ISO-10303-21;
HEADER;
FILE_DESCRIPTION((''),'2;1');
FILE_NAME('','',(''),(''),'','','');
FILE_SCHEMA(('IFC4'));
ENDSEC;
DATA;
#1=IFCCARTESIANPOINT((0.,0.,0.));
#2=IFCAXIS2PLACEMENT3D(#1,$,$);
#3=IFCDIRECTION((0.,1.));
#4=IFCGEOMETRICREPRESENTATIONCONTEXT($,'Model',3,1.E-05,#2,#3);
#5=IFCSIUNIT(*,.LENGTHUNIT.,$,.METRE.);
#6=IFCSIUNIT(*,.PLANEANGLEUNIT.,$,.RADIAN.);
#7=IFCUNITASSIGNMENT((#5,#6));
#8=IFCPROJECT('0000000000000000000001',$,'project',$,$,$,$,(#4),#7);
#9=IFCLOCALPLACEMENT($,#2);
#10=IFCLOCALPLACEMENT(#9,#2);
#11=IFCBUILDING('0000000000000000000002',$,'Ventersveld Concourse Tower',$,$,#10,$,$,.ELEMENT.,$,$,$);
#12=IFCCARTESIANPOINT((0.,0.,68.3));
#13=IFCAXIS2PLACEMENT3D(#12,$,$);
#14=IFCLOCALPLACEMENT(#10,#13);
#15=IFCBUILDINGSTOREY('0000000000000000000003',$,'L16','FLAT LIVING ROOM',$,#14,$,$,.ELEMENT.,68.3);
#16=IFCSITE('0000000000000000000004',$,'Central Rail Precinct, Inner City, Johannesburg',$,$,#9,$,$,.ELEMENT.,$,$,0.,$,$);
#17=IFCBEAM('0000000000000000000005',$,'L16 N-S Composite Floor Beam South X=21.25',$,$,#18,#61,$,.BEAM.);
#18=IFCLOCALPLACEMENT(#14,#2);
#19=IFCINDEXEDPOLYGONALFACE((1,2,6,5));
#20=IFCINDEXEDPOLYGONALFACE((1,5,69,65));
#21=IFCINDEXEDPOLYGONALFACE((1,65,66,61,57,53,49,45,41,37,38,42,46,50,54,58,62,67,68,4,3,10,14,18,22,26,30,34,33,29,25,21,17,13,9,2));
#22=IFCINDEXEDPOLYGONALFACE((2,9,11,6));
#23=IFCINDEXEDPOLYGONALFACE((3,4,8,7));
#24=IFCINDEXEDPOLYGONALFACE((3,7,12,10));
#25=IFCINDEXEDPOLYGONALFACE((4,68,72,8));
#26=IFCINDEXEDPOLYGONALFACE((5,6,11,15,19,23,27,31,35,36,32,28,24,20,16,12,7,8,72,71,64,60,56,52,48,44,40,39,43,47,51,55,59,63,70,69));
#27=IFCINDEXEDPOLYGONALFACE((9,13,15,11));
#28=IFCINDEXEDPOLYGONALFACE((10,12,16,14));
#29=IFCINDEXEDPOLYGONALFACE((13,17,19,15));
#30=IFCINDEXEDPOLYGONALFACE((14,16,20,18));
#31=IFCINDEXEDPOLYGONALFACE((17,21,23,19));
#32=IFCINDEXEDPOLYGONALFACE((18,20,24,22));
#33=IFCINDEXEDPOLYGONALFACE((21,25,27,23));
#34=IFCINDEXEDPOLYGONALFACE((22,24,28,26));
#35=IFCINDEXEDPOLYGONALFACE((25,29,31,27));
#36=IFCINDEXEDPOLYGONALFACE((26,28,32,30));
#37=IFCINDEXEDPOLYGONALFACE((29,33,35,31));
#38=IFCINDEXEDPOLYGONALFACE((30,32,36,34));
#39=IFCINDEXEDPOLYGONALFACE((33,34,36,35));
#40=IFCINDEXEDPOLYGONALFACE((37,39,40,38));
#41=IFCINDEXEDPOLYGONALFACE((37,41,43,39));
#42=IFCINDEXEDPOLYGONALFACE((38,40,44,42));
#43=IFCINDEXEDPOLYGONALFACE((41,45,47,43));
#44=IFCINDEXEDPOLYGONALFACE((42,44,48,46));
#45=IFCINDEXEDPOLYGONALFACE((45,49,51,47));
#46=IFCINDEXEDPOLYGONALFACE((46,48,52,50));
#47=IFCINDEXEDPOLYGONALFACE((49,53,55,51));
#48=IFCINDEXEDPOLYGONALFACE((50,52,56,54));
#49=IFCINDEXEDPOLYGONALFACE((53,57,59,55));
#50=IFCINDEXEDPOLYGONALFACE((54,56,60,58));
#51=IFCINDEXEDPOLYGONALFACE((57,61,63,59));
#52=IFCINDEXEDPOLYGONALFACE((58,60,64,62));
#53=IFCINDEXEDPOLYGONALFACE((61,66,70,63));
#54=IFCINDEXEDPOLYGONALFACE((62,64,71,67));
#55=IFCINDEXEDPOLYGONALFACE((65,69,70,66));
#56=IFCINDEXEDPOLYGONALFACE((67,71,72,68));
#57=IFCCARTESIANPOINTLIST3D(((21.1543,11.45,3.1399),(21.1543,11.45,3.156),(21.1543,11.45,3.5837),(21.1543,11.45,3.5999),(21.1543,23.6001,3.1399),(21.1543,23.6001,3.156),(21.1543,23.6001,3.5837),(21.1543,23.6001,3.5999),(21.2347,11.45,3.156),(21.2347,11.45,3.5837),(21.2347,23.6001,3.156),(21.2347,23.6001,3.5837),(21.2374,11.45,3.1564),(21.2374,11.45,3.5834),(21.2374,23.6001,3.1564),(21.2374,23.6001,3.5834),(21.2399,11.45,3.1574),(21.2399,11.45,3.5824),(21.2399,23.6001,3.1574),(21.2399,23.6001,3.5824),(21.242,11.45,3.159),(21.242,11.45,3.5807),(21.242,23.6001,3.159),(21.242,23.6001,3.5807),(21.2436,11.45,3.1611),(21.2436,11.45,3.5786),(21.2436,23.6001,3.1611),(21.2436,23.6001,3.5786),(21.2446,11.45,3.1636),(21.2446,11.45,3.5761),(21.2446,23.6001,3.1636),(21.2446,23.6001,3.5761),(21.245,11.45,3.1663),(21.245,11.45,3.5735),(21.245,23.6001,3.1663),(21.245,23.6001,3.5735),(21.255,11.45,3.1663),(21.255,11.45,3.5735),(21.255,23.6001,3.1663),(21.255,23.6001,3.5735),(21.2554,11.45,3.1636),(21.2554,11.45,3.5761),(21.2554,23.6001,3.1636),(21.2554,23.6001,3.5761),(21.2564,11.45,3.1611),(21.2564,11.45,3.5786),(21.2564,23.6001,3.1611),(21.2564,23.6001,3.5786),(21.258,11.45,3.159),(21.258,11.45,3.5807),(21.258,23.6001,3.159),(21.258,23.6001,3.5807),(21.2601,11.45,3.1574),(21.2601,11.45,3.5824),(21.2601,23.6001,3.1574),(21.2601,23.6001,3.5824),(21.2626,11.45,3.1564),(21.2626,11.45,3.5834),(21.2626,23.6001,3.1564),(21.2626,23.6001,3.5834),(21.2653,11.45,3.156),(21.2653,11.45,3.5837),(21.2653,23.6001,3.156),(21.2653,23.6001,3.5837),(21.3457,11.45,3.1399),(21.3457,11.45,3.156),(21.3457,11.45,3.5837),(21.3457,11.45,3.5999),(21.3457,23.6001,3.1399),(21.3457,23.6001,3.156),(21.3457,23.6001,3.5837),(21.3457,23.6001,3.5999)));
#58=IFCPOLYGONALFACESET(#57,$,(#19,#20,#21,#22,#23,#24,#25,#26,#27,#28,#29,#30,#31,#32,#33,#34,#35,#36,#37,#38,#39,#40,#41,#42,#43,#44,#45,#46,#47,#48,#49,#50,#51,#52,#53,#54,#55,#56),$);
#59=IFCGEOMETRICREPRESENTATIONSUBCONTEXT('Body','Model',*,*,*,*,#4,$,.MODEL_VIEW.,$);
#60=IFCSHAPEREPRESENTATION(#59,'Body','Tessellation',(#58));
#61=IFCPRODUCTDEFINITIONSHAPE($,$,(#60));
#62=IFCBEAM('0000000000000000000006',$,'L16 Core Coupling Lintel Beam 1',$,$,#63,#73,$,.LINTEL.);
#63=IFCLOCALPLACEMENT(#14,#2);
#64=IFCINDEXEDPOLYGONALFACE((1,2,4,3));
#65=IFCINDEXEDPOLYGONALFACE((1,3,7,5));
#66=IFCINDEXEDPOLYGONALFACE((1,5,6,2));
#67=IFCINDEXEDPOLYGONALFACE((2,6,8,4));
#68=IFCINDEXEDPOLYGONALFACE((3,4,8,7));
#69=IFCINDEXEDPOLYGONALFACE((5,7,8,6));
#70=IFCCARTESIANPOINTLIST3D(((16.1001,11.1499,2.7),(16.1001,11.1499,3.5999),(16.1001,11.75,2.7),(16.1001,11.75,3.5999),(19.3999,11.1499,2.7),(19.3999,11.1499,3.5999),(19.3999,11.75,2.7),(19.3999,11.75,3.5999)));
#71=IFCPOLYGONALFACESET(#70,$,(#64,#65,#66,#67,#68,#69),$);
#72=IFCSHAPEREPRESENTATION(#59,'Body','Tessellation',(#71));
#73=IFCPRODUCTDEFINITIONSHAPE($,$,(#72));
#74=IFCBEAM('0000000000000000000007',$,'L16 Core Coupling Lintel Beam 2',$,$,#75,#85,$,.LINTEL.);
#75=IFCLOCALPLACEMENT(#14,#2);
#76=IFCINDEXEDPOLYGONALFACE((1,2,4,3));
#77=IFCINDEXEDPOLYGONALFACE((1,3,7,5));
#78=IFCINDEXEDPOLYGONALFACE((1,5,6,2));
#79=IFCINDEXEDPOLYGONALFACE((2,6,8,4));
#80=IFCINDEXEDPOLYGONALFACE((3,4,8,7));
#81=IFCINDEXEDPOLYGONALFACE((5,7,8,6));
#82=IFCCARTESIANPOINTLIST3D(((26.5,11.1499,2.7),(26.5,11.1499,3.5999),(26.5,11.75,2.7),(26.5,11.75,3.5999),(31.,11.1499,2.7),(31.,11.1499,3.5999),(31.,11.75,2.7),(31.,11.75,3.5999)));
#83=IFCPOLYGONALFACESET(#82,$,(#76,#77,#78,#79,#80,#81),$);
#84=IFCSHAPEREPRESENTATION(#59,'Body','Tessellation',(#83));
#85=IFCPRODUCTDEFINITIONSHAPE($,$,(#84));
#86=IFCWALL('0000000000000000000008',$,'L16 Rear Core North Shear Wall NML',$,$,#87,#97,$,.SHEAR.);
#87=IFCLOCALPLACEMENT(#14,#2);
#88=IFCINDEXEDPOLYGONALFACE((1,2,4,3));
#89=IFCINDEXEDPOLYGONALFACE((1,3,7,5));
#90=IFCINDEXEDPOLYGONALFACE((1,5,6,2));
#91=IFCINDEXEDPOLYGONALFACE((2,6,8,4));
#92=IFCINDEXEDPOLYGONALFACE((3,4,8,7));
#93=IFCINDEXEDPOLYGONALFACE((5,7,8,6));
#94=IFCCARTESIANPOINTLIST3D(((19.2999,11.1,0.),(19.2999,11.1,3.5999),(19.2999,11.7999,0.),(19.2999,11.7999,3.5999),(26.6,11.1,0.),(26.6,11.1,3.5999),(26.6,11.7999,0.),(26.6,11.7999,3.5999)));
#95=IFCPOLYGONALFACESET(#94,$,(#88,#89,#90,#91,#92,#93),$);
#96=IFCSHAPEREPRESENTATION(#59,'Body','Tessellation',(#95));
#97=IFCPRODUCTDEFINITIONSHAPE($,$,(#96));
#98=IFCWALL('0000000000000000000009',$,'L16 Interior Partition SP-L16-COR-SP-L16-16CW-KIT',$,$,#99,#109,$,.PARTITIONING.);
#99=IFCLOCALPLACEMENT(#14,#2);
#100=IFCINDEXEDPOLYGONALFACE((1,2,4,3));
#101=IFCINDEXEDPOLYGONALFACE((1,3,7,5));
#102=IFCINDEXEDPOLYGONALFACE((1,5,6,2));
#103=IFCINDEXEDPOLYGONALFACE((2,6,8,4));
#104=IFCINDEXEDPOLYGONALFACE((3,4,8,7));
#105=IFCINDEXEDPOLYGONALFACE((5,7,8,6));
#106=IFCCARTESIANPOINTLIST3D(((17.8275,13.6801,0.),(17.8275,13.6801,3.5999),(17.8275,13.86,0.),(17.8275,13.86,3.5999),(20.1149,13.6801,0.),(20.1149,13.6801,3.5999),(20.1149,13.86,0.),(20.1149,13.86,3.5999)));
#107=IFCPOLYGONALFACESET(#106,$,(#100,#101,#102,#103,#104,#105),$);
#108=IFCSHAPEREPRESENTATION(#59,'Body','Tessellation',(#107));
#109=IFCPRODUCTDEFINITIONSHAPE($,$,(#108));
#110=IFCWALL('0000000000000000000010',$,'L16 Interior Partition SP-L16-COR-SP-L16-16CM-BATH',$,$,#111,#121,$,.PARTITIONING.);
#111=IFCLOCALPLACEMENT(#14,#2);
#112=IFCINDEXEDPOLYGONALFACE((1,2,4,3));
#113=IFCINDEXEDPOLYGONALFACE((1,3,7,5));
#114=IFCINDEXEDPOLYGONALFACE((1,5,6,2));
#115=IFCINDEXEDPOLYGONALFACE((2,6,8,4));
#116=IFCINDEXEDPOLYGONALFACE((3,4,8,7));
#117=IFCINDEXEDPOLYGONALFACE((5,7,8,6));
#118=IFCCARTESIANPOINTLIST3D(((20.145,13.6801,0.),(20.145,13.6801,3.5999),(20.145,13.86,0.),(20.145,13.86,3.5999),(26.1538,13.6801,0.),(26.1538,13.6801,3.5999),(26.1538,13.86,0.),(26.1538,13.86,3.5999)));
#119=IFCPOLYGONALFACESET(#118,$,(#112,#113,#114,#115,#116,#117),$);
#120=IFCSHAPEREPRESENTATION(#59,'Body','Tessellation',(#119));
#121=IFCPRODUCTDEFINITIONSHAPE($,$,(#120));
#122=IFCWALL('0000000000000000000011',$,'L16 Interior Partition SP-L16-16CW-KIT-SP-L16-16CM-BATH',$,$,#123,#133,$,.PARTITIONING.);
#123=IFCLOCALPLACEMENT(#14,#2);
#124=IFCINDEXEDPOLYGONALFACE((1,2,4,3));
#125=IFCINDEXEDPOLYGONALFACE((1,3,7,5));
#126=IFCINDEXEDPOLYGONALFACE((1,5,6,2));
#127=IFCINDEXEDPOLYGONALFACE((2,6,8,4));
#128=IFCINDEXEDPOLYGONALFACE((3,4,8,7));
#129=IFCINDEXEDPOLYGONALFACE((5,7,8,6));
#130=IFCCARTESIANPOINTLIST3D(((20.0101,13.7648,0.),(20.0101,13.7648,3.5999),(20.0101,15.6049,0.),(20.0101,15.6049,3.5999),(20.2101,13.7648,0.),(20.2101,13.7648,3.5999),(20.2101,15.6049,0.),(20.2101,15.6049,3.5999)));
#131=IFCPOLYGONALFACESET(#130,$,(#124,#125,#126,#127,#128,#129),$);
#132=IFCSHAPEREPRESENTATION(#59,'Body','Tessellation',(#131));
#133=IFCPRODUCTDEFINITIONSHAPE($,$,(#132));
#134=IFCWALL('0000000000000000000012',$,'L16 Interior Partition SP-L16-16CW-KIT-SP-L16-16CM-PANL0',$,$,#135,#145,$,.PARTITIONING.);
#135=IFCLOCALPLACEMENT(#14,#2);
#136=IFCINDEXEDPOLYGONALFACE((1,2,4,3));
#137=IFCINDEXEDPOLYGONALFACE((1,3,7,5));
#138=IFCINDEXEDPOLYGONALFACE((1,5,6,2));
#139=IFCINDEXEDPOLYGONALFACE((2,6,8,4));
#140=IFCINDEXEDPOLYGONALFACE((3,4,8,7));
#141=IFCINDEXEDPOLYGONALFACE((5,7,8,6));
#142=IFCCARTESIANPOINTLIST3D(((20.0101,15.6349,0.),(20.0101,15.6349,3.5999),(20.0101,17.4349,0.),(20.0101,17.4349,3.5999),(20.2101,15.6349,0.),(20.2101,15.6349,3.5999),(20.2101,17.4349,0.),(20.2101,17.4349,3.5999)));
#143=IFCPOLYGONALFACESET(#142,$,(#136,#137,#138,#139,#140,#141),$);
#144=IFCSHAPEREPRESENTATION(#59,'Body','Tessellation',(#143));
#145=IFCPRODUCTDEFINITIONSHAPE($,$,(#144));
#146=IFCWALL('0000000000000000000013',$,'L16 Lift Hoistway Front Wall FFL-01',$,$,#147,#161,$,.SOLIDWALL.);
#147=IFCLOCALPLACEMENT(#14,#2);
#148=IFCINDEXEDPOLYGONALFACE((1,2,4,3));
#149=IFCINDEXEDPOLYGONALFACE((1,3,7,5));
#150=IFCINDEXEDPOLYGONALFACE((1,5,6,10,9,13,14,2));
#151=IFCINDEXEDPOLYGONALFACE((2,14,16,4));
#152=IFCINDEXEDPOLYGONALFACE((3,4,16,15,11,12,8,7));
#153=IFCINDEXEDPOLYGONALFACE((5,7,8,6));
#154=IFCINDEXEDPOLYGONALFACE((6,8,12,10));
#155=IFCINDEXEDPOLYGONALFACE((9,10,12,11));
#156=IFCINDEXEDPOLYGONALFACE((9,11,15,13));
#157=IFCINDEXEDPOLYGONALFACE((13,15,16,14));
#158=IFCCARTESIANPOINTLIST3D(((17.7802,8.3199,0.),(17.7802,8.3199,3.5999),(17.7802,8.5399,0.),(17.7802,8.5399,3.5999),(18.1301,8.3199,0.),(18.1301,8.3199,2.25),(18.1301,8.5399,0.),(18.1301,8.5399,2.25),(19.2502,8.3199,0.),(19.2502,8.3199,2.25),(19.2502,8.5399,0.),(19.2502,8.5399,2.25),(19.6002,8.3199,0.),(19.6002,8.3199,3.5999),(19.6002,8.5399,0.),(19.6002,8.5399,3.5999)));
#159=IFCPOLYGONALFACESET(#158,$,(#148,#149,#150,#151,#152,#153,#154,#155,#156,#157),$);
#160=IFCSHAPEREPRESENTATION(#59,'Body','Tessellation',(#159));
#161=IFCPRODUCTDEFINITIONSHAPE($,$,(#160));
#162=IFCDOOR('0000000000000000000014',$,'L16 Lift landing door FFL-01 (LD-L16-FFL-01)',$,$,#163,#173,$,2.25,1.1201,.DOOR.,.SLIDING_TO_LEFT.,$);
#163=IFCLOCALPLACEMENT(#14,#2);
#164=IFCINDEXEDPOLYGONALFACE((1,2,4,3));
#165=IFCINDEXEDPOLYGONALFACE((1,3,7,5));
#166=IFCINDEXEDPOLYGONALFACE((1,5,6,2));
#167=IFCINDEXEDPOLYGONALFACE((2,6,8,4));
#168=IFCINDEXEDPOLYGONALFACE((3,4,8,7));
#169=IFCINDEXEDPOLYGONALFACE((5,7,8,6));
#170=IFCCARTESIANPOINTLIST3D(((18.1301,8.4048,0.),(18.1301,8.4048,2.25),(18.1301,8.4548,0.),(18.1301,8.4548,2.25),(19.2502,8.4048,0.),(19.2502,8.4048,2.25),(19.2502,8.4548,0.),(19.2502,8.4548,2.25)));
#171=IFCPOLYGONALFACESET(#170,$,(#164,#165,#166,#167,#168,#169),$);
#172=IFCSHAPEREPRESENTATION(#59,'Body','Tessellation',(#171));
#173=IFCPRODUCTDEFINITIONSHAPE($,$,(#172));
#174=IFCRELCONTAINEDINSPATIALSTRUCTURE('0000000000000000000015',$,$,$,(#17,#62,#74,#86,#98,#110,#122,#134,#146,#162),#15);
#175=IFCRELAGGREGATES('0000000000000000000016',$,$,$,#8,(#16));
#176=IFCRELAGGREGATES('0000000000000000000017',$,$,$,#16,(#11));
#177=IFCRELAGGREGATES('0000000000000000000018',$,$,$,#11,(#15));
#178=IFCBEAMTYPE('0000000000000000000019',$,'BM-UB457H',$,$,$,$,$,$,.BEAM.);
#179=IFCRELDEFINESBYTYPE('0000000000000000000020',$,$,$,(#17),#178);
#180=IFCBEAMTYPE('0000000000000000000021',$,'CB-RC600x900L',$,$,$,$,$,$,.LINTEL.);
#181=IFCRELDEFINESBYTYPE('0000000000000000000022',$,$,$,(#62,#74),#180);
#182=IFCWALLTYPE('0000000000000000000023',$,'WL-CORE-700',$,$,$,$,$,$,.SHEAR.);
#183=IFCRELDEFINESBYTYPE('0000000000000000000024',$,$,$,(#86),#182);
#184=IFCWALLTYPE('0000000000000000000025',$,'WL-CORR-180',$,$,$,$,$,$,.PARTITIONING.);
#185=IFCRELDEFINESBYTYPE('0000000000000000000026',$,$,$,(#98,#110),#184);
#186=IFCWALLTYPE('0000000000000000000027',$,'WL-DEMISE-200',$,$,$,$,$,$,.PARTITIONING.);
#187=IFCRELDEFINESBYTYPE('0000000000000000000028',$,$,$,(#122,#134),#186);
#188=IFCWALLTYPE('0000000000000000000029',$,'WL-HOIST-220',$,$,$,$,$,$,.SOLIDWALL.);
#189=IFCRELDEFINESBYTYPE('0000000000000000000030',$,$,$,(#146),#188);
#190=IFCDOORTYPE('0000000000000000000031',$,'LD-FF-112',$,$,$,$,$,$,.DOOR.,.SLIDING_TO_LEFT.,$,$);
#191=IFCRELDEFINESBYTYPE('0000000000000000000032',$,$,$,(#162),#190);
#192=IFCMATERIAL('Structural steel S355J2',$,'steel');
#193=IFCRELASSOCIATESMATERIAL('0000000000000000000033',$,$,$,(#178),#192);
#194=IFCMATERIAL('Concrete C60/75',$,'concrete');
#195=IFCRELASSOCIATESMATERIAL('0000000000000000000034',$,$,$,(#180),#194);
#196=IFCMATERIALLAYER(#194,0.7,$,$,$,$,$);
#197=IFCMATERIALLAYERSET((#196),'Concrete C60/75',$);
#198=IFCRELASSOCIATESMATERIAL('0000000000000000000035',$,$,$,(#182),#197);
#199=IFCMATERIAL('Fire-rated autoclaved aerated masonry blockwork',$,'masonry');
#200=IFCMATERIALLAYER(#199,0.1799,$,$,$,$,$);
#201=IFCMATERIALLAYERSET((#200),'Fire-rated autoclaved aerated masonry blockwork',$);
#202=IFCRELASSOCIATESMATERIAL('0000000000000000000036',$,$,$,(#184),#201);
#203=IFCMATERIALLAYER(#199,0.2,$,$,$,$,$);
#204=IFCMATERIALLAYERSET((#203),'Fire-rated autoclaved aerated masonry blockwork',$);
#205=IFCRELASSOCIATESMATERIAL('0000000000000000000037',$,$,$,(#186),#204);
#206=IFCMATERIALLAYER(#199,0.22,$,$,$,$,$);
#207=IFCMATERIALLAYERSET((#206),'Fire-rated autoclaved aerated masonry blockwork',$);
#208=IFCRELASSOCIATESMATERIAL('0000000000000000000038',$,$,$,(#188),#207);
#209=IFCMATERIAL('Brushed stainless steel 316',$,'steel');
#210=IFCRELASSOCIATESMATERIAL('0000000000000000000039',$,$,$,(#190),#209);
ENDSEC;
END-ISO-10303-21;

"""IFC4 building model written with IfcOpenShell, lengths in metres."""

from ifc_helpers import new_model, si_unit, direction, frame, frame_2d, origin, origin_2d, place, context, subcontext, project, spatial, rectangle, i_section, extrude, material, layer, layer_set, material_profile, profile_set, type_object, element, fill, save


model = new_model("IFC4")

# Units and contexts
model_context = context("Model", 3, precision=1e-05, world=origin(), true_north=direction((0.0, 1.0)))
body_context = subcontext(model_context, "Body", "Model", "MODEL_VIEW")
ifc_project = project(units=[si_unit("LENGTHUNIT", "METRE"), si_unit("PLANEANGLEUNIT", "RADIAN")], contexts=[model_context])

# Site, building, storey
site_placement = place(None, origin())
site = spatial("IfcSite", under=ifc_project, at=site_placement, Name="Central Rail Precinct, Inner City, Johannesburg", CompositionType="ELEMENT", RefElevation=0.0)
building_placement = place(site_placement, origin())
building = spatial("IfcBuilding", under=site, at=building_placement, Name="Ventersveld Concourse Tower", CompositionType="ELEMENT")
storey_placement = place(building_placement, frame((0.0, 0.0, 68.3)))
storey = spatial("IfcBuildingStorey", under=building, at=storey_placement, Name="L16", Description="FLAT LIVING ROOM", CompositionType="ELEMENT", Elevation=68.3)

# Beams
ifc_material_1 = material(Name="Structural steel S355J2", Category="steel")
ifc_material_profile_1 = material_profile(ifc_material_1, i_section(OverallWidth=0.1914, OverallDepth=0.46, WebThickness=0.01, FlangeThickness=0.0161, FilletRadius=0.0103, at=origin_2d()), Name="UB 457x191x82")
ifc_profile_set_1 = profile_set([ifc_material_profile_1], Name="Structural steel S355J2")
beam_type_1 = type_object("IfcBeamType", Name="BM-UB457H", PredefinedType="BEAM", material=ifc_profile_set_1)
beam_1_placement = place(storey_placement, frame((21.25, 11.45, 3.3699), z_axis=(0.0, 1.0, 0.0), x_axis=(-1.0, 0.0, 0.0)))
element("IfcBeam", 1, at=beam_1_placement, inside=storey, type_object=beam_type_1, Name="L16 N-S Composite Floor Beam South X=21.25", PredefinedType="BEAM", context=body_context, shape_type="SweptSolid", body=[
    extrude(i_section(OverallWidth=0.1914, OverallDepth=0.46, WebThickness=0.01, FlangeThickness=0.0161, FilletRadius=0.0103, at=origin_2d()), origin(), (0.0, 0.0, 1.0), 12.1501),
])
ifc_material_2 = material(Name="Concrete C60/75", Category="concrete")
ifc_material_profile_2 = material_profile(ifc_material_2, rectangle(XDim=0.6001, YDim=0.8999, at=origin_2d()), Name="RC 600x900")
ifc_profile_set_2 = profile_set([ifc_material_profile_2], Name="Concrete C60/75")
beam_type_2 = type_object("IfcBeamType", Name="CB-RC600x900L", PredefinedType="LINTEL", material=ifc_profile_set_2)
beam_2_placement = place(storey_placement, frame((16.1001, 11.45, 3.1499), z_axis=(1.0, 0.0, 0.0), x_axis=(0.0, 1.0, 0.0)))
element("IfcBeam", 2, at=beam_2_placement, inside=storey, type_object=beam_type_2, Name="L16 Core Coupling Lintel Beam 1", PredefinedType="LINTEL", context=body_context, shape_type="SweptSolid", body=[
    extrude(rectangle(XDim=0.6001, YDim=0.8999, at=origin_2d()), origin(), (0.0, 0.0, 1.0), 3.2998),
])
beam_3_placement = place(storey_placement, frame((26.5, 11.45, 3.1499), z_axis=(1.0, 0.0, 0.0), x_axis=(0.0, 1.0, 0.0)))
element("IfcBeam", 3, at=beam_3_placement, inside=storey, type_object=beam_type_2, Name="L16 Core Coupling Lintel Beam 2", PredefinedType="LINTEL", context=body_context, shape_type="SweptSolid", body=[
    extrude(rectangle(XDim=0.6001, YDim=0.8999, at=origin_2d()), origin(), (0.0, 0.0, 1.0), 4.5),
])

# Walls
ifc_layer_1 = layer(ifc_material_2, 0.7)
ifc_layer_set_1 = layer_set([ifc_layer_1], Name="Concrete C60/75")
wall_type_1 = type_object("IfcWallType", Name="WL-CORE-700", PredefinedType="SHEAR", material=ifc_layer_set_1)
wall_1_placement = place(storey_placement, frame((19.3, 11.45, 0.0), z_axis=(0.0, 0.0, 1.0), x_axis=(1.0, 0.0, 0.0)))
element("IfcWall", 4, at=wall_1_placement, inside=storey, type_object=wall_type_1, Name="L16 Rear Core North Shear Wall NML", PredefinedType="SHEAR", context=body_context, shape_type="SweptSolid", body=[
    extrude(rectangle(XDim=7.3, YDim=0.7, at=frame_2d((3.6499, 0.0))), origin(), (0.0, 0.0, 1.0), 3.5999),
])
ifc_material_3 = material(Name="Fire-rated autoclaved aerated masonry blockwork", Category="masonry")
ifc_layer_2 = layer(ifc_material_3, 0.1799)
ifc_layer_set_2 = layer_set([ifc_layer_2], Name="Fire-rated autoclaved aerated masonry blockwork")
wall_type_2 = type_object("IfcWallType", Name="WL-CORR-180", PredefinedType="PARTITIONING", material=ifc_layer_set_2)
wall_2_placement = place(storey_placement, frame((17.8276, 13.77, 0.0), z_axis=(0.0, 0.0, 1.0), x_axis=(1.0, 0.0, 0.0)))
element("IfcWall", 5, at=wall_2_placement, inside=storey, type_object=wall_type_2, Name="L16 Interior Partition SP-L16-COR-SP-L16-16CW-KIT", PredefinedType="PARTITIONING", context=body_context, shape_type="SweptSolid", body=[
    extrude(rectangle(XDim=2.2874, YDim=0.1799, at=frame_2d((1.1436, 0.0))), origin(), (0.0, 0.0, 1.0), 3.5999),
])

# Walls
wall_3_placement = place(storey_placement, frame((20.145, 13.77, 0.0), z_axis=(0.0, 0.0, 1.0), x_axis=(1.0, 0.0, 0.0)))
element("IfcWall", 6, at=wall_3_placement, inside=storey, type_object=wall_type_2, Name="L16 Interior Partition SP-L16-COR-SP-L16-16CM-BATH", PredefinedType="PARTITIONING", context=body_context, shape_type="SweptSolid", body=[
    extrude(rectangle(XDim=6.0088, YDim=0.1799, at=frame_2d((3.0044, 0.0))), origin(), (0.0, 0.0, 1.0), 3.5999),
])
ifc_layer_3 = layer(ifc_material_3, 0.2)
ifc_layer_set_3 = layer_set([ifc_layer_3], Name="Fire-rated autoclaved aerated masonry blockwork")
wall_type_3 = type_object("IfcWallType", Name="WL-DEMISE-200", PredefinedType="PARTITIONING", material=ifc_layer_set_3)
wall_4_placement = place(storey_placement, frame((20.1101, 13.7649, 0.0), z_axis=(0.0, 0.0, 1.0), x_axis=(0.0, 1.0, 0.0)))
element("IfcWall", 7, at=wall_4_placement, inside=storey, type_object=wall_type_3, Name="L16 Interior Partition SP-L16-16CW-KIT-SP-L16-16CM-BATH", PredefinedType="PARTITIONING", context=body_context, shape_type="SweptSolid", body=[
    extrude(rectangle(XDim=1.8401, YDim=0.2, at=frame_2d((0.9199, 0.0))), origin(), (0.0, 0.0, 1.0), 3.5999),
])
wall_5_placement = place(storey_placement, frame((20.1101, 15.635, 0.0), z_axis=(0.0, 0.0, 1.0), x_axis=(0.0, 1.0, 0.0)))
element("IfcWall", 8, at=wall_5_placement, inside=storey, type_object=wall_type_3, Name="L16 Interior Partition SP-L16-16CW-KIT-SP-L16-16CM-PANL0", PredefinedType="PARTITIONING", context=body_context, shape_type="SweptSolid", body=[
    extrude(rectangle(XDim=1.8, YDim=0.2, at=frame_2d((0.8999, 0.0))), origin(), (0.0, 0.0, 1.0), 3.5999),
])

# Wall, opening, door
ifc_layer_4 = layer(ifc_material_3, 0.22)
ifc_layer_set_4 = layer_set([ifc_layer_4], Name="Fire-rated autoclaved aerated masonry blockwork")
wall_type_4 = type_object("IfcWallType", Name="WL-HOIST-220", PredefinedType="SOLIDWALL", material=ifc_layer_set_4)
wall_6_placement = place(storey_placement, frame((17.78, 8.4299, 0.0), z_axis=(0.0, 0.0, 1.0), x_axis=(1.0, 0.0, 0.0)))
wall_6 = element("IfcWall", 9, at=wall_6_placement, inside=storey, type_object=wall_type_4, Name="L16 Lift Hoistway Front Wall FFL-01", PredefinedType="SOLIDWALL", context=body_context, shape_type="SweptSolid", body=[
    extrude(rectangle(XDim=1.8201, YDim=0.22, at=frame_2d((0.9102, 0.0))), origin(), (0.0, 0.0, 1.0), 3.5999),
])
opening_1_placement = place(wall_6_placement, frame((0.3501, 0.0, 0.0)))
opening_1 = element("IfcOpeningElement", 10, at=opening_1_placement, cuts=wall_6, PredefinedType="OPENING", context=body_context, shape_type="SweptSolid", body=[
    extrude(rectangle(XDim=1.1201, YDim=2.25, at=frame_2d((0.5601, 1.125))), frame((0.0, 0.1201, 0.0), z_axis=(0.0, -1.0, 0.0), x_axis=(1.0, 0.0, 0.0)), (0.0, 0.0, 1.0), 0.24),
])
ifc_material_4 = material(Name="Brushed stainless steel 316", Category="steel")
door_type_1 = type_object("IfcDoorType", Name="LD-FF-112", OperationType="SLIDING_TO_LEFT", PredefinedType="DOOR", material=ifc_material_4)
door_1_placement = place(opening_1_placement, origin())
door_1 = element("IfcDoor", 11, at=door_1_placement, inside=storey, type_object=door_type_1, Name="L16 Lift landing door FFL-01 (LD-L16-FFL-01)", OperationType="SLIDING_TO_LEFT", OverallHeight=2.25, OverallWidth=1.1201, PredefinedType="DOOR", context=body_context, shape_type="SweptSolid", body=[
    extrude(rectangle(XDim=1.1201, YDim=2.25, at=frame_2d((0.5601, 1.125))), frame((0.0, 0.0249, 0.0), z_axis=(0.0, -1.0, 0.0), x_axis=(1.0, 0.0, 0.0)), (0.0, 0.0, 1.0), 0.05),
])
fill(opening_1, door_1)

save(model, "model.ifc")
